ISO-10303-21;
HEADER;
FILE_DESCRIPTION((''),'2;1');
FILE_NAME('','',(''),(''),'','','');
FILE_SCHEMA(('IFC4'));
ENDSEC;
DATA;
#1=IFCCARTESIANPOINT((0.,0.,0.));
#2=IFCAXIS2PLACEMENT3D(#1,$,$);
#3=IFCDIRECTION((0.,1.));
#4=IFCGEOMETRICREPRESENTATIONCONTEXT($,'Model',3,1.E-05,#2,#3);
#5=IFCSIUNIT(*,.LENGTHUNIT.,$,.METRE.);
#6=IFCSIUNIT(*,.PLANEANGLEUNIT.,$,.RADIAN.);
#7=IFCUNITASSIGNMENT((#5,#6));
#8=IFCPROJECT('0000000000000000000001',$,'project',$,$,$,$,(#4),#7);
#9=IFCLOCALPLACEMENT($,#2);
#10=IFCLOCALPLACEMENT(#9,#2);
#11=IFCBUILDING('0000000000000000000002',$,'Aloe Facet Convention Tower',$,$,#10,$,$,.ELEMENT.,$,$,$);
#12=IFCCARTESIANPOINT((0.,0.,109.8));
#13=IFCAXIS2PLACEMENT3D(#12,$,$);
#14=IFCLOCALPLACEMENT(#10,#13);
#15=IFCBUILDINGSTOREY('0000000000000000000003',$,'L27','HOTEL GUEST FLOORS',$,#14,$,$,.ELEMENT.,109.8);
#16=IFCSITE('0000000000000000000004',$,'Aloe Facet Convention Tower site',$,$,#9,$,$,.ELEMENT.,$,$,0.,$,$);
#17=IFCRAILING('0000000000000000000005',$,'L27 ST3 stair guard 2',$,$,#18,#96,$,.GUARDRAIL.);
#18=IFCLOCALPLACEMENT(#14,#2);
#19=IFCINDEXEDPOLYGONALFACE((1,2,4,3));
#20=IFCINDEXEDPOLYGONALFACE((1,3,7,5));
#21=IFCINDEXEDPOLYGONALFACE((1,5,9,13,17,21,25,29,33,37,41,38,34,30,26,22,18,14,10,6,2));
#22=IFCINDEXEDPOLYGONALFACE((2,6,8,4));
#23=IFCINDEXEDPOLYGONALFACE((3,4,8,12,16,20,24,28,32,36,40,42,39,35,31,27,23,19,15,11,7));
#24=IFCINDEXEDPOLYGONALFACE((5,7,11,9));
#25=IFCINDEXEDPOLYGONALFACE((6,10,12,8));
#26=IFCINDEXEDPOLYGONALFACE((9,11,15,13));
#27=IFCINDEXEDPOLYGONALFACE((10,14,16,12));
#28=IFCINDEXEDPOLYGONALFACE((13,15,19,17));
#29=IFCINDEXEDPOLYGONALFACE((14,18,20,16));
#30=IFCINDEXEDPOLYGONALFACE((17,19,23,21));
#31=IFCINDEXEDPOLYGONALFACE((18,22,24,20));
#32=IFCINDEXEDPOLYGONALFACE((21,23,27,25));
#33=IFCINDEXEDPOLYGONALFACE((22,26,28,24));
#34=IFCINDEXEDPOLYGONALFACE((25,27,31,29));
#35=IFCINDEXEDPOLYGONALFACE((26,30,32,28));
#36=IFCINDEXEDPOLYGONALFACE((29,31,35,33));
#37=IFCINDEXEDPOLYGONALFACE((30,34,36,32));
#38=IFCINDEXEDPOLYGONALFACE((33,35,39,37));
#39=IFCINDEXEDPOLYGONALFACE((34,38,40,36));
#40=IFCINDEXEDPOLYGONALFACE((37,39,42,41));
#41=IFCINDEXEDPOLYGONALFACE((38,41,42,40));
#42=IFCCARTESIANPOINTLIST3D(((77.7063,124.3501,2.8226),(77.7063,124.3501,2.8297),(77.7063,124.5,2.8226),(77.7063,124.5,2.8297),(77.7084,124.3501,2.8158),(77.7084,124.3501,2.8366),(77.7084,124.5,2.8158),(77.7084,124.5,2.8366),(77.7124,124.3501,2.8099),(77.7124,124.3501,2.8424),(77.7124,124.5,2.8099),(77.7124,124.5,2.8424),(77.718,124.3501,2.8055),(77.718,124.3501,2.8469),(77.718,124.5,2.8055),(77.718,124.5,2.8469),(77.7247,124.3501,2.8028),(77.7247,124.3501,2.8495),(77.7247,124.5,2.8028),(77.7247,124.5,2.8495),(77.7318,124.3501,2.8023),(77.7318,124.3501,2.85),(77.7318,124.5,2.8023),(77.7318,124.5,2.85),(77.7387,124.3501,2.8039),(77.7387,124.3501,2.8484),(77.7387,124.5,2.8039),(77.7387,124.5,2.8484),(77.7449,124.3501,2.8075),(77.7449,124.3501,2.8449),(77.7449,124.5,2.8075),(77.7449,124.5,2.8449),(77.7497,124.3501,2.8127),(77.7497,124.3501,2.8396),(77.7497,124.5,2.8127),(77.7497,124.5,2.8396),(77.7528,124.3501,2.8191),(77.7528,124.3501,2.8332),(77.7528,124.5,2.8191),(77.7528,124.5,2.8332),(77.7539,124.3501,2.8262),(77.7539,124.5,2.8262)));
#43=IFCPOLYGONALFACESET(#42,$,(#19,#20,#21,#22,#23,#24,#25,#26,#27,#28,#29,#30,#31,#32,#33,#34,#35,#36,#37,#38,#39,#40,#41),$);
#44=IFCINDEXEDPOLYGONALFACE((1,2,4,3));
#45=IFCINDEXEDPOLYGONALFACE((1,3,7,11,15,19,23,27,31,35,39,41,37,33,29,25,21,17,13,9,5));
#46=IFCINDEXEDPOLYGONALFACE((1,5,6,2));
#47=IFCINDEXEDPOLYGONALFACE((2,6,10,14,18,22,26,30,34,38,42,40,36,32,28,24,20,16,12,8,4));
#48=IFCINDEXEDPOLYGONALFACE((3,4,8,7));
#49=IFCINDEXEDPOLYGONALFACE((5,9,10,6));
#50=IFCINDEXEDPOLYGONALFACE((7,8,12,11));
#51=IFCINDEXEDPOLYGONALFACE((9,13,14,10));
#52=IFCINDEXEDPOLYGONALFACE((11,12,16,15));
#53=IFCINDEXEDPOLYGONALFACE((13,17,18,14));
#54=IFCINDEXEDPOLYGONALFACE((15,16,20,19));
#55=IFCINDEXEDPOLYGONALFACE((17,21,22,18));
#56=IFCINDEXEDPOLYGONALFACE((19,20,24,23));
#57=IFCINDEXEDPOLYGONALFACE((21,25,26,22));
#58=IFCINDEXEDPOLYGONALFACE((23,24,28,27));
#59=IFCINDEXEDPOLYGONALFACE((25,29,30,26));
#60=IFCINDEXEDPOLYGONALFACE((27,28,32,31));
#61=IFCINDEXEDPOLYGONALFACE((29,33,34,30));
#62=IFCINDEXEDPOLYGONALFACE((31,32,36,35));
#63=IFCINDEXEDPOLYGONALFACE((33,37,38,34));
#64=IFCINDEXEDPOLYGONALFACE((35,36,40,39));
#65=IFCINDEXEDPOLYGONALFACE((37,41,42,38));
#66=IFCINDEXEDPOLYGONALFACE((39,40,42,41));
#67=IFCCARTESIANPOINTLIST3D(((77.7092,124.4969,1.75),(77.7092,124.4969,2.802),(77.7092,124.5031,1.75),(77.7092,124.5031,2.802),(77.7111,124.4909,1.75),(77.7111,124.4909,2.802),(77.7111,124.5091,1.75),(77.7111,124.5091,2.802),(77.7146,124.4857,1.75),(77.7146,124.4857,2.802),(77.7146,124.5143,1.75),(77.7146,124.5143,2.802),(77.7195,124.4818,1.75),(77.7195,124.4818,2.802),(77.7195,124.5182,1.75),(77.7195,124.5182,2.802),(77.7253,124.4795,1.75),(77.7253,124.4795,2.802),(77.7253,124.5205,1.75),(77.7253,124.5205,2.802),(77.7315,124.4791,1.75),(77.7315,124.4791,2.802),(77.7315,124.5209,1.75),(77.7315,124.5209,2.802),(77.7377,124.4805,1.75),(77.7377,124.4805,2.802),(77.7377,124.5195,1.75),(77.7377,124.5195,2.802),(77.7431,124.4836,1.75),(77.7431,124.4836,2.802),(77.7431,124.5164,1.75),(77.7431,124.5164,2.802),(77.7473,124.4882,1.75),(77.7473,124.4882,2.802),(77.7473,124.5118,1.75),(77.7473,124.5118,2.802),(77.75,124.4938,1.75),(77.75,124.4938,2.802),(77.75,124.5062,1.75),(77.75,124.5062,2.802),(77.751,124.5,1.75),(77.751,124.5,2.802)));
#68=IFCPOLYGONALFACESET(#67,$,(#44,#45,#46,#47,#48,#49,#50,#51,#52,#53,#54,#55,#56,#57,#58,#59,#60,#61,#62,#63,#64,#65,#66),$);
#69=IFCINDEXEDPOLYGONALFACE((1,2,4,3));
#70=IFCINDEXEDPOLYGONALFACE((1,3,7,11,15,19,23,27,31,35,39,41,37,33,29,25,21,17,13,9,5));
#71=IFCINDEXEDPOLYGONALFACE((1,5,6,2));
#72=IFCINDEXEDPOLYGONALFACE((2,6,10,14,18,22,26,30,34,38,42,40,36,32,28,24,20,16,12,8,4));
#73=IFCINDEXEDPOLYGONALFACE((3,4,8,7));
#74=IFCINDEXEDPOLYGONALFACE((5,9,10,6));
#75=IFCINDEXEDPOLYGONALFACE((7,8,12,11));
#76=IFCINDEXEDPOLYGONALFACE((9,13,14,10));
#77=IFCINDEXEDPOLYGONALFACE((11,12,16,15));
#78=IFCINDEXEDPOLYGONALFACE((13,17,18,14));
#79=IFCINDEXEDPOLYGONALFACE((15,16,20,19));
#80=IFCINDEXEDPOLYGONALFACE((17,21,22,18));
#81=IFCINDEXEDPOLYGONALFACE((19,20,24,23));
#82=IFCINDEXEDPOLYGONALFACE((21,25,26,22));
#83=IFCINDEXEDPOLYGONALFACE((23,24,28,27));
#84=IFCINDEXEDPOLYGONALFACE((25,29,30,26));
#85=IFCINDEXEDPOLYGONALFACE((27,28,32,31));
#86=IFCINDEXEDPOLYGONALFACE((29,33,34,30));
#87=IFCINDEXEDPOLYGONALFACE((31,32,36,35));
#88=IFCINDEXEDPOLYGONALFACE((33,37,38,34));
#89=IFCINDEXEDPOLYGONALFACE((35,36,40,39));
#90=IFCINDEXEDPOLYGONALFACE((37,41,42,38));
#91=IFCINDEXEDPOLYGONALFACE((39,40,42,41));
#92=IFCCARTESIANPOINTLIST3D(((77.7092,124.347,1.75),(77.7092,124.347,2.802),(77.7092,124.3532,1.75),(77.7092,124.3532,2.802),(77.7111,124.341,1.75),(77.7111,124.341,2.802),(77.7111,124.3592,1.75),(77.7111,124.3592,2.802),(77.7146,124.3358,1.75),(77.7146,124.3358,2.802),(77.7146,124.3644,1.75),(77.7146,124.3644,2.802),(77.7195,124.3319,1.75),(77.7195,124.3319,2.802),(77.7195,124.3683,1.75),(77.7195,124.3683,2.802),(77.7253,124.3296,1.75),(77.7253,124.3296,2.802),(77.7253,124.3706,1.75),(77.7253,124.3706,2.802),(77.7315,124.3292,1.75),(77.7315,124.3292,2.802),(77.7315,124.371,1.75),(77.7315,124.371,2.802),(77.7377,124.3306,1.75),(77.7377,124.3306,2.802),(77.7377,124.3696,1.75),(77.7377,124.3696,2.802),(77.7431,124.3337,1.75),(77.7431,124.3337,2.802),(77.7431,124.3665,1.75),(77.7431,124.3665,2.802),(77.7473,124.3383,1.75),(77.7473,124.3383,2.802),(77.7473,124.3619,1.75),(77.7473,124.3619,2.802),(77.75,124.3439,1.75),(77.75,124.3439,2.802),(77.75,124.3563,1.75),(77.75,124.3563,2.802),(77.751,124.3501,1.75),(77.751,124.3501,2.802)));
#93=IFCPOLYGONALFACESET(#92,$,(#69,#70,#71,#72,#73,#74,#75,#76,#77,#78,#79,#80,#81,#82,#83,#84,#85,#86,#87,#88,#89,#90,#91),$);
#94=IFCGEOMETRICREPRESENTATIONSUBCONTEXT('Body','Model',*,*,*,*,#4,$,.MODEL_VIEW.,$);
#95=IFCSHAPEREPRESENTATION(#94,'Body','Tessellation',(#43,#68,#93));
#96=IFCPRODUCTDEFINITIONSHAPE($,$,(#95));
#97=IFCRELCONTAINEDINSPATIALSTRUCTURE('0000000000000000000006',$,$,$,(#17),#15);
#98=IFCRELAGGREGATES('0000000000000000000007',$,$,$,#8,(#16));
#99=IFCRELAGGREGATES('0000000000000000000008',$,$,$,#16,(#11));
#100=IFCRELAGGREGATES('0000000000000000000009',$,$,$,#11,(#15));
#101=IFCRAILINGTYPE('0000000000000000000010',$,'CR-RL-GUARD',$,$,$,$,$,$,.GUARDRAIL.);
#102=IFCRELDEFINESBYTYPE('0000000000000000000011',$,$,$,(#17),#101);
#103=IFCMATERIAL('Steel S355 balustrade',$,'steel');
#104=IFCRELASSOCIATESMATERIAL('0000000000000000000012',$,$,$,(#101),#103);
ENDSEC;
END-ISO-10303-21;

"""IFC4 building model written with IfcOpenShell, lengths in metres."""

from ifc_helpers import new_model, si_unit, direction, frame, origin, origin_2d, place, context, subcontext, project, spatial, circle, extrude, material, type_object, element, save


model = new_model("IFC4")

# Units and contexts
model_context = context("Model", 3, precision=1e-05, world=origin(), true_north=direction((0.0, 1.0)))
body_context = subcontext(model_context, "Body", "Model", "MODEL_VIEW")
ifc_project = project(units=[si_unit("LENGTHUNIT", "METRE"), si_unit("PLANEANGLEUNIT", "RADIAN")], contexts=[model_context])

# Site, building, storey
site_placement = place(None, origin())
site = spatial("IfcSite", under=ifc_project, at=site_placement, Name="Aloe Facet Convention Tower site", CompositionType="ELEMENT", RefElevation=0.0)
building_placement = place(site_placement, origin())
building = spatial("IfcBuilding", under=site, at=building_placement, Name="Aloe Facet Convention Tower", CompositionType="ELEMENT")
storey_placement = place(building_placement, frame((0.0, 0.0, 109.8)))
storey = spatial("IfcBuildingStorey", under=building, at=storey_placement, Name="L27", Description="HOTEL GUEST FLOORS", CompositionType="ELEMENT", Elevation=109.8)

# Railing
ifc_material_1 = material(Name="Steel S355 balustrade", Category="steel")
railing_type_1 = type_object("IfcRailingType", Name="CR-RL-GUARD", PredefinedType="GUARDRAIL", material=ifc_material_1)
railing_1_placement = place(storey_placement, frame((77.73, 124.5, 1.75)))
element("IfcRailing", 1, at=railing_1_placement, inside=storey, type_object=railing_type_1, Name="L27 ST3 stair guard 2", PredefinedType="GUARDRAIL", context=body_context, shape_type="SweptSolid", body=[
    extrude(circle(Radius=0.0239, at=origin_2d()), frame((0.0, 0.0, 1.0762), z_axis=(0.0, -1.0, 0.0), x_axis=(1.0, 0.0, 0.0)), (0.0, 0.0, 1.0), 0.1499),
    extrude(circle(Radius=0.021, at=origin_2d()), origin(), (0.0, 0.0, 1.0), 1.052),
    extrude(circle(Radius=0.021, at=origin_2d()), frame((0.0, -0.1499, 0.0)), (0.0, 0.0, 1.0), 1.052),
])

save(model, "model.ifc")
